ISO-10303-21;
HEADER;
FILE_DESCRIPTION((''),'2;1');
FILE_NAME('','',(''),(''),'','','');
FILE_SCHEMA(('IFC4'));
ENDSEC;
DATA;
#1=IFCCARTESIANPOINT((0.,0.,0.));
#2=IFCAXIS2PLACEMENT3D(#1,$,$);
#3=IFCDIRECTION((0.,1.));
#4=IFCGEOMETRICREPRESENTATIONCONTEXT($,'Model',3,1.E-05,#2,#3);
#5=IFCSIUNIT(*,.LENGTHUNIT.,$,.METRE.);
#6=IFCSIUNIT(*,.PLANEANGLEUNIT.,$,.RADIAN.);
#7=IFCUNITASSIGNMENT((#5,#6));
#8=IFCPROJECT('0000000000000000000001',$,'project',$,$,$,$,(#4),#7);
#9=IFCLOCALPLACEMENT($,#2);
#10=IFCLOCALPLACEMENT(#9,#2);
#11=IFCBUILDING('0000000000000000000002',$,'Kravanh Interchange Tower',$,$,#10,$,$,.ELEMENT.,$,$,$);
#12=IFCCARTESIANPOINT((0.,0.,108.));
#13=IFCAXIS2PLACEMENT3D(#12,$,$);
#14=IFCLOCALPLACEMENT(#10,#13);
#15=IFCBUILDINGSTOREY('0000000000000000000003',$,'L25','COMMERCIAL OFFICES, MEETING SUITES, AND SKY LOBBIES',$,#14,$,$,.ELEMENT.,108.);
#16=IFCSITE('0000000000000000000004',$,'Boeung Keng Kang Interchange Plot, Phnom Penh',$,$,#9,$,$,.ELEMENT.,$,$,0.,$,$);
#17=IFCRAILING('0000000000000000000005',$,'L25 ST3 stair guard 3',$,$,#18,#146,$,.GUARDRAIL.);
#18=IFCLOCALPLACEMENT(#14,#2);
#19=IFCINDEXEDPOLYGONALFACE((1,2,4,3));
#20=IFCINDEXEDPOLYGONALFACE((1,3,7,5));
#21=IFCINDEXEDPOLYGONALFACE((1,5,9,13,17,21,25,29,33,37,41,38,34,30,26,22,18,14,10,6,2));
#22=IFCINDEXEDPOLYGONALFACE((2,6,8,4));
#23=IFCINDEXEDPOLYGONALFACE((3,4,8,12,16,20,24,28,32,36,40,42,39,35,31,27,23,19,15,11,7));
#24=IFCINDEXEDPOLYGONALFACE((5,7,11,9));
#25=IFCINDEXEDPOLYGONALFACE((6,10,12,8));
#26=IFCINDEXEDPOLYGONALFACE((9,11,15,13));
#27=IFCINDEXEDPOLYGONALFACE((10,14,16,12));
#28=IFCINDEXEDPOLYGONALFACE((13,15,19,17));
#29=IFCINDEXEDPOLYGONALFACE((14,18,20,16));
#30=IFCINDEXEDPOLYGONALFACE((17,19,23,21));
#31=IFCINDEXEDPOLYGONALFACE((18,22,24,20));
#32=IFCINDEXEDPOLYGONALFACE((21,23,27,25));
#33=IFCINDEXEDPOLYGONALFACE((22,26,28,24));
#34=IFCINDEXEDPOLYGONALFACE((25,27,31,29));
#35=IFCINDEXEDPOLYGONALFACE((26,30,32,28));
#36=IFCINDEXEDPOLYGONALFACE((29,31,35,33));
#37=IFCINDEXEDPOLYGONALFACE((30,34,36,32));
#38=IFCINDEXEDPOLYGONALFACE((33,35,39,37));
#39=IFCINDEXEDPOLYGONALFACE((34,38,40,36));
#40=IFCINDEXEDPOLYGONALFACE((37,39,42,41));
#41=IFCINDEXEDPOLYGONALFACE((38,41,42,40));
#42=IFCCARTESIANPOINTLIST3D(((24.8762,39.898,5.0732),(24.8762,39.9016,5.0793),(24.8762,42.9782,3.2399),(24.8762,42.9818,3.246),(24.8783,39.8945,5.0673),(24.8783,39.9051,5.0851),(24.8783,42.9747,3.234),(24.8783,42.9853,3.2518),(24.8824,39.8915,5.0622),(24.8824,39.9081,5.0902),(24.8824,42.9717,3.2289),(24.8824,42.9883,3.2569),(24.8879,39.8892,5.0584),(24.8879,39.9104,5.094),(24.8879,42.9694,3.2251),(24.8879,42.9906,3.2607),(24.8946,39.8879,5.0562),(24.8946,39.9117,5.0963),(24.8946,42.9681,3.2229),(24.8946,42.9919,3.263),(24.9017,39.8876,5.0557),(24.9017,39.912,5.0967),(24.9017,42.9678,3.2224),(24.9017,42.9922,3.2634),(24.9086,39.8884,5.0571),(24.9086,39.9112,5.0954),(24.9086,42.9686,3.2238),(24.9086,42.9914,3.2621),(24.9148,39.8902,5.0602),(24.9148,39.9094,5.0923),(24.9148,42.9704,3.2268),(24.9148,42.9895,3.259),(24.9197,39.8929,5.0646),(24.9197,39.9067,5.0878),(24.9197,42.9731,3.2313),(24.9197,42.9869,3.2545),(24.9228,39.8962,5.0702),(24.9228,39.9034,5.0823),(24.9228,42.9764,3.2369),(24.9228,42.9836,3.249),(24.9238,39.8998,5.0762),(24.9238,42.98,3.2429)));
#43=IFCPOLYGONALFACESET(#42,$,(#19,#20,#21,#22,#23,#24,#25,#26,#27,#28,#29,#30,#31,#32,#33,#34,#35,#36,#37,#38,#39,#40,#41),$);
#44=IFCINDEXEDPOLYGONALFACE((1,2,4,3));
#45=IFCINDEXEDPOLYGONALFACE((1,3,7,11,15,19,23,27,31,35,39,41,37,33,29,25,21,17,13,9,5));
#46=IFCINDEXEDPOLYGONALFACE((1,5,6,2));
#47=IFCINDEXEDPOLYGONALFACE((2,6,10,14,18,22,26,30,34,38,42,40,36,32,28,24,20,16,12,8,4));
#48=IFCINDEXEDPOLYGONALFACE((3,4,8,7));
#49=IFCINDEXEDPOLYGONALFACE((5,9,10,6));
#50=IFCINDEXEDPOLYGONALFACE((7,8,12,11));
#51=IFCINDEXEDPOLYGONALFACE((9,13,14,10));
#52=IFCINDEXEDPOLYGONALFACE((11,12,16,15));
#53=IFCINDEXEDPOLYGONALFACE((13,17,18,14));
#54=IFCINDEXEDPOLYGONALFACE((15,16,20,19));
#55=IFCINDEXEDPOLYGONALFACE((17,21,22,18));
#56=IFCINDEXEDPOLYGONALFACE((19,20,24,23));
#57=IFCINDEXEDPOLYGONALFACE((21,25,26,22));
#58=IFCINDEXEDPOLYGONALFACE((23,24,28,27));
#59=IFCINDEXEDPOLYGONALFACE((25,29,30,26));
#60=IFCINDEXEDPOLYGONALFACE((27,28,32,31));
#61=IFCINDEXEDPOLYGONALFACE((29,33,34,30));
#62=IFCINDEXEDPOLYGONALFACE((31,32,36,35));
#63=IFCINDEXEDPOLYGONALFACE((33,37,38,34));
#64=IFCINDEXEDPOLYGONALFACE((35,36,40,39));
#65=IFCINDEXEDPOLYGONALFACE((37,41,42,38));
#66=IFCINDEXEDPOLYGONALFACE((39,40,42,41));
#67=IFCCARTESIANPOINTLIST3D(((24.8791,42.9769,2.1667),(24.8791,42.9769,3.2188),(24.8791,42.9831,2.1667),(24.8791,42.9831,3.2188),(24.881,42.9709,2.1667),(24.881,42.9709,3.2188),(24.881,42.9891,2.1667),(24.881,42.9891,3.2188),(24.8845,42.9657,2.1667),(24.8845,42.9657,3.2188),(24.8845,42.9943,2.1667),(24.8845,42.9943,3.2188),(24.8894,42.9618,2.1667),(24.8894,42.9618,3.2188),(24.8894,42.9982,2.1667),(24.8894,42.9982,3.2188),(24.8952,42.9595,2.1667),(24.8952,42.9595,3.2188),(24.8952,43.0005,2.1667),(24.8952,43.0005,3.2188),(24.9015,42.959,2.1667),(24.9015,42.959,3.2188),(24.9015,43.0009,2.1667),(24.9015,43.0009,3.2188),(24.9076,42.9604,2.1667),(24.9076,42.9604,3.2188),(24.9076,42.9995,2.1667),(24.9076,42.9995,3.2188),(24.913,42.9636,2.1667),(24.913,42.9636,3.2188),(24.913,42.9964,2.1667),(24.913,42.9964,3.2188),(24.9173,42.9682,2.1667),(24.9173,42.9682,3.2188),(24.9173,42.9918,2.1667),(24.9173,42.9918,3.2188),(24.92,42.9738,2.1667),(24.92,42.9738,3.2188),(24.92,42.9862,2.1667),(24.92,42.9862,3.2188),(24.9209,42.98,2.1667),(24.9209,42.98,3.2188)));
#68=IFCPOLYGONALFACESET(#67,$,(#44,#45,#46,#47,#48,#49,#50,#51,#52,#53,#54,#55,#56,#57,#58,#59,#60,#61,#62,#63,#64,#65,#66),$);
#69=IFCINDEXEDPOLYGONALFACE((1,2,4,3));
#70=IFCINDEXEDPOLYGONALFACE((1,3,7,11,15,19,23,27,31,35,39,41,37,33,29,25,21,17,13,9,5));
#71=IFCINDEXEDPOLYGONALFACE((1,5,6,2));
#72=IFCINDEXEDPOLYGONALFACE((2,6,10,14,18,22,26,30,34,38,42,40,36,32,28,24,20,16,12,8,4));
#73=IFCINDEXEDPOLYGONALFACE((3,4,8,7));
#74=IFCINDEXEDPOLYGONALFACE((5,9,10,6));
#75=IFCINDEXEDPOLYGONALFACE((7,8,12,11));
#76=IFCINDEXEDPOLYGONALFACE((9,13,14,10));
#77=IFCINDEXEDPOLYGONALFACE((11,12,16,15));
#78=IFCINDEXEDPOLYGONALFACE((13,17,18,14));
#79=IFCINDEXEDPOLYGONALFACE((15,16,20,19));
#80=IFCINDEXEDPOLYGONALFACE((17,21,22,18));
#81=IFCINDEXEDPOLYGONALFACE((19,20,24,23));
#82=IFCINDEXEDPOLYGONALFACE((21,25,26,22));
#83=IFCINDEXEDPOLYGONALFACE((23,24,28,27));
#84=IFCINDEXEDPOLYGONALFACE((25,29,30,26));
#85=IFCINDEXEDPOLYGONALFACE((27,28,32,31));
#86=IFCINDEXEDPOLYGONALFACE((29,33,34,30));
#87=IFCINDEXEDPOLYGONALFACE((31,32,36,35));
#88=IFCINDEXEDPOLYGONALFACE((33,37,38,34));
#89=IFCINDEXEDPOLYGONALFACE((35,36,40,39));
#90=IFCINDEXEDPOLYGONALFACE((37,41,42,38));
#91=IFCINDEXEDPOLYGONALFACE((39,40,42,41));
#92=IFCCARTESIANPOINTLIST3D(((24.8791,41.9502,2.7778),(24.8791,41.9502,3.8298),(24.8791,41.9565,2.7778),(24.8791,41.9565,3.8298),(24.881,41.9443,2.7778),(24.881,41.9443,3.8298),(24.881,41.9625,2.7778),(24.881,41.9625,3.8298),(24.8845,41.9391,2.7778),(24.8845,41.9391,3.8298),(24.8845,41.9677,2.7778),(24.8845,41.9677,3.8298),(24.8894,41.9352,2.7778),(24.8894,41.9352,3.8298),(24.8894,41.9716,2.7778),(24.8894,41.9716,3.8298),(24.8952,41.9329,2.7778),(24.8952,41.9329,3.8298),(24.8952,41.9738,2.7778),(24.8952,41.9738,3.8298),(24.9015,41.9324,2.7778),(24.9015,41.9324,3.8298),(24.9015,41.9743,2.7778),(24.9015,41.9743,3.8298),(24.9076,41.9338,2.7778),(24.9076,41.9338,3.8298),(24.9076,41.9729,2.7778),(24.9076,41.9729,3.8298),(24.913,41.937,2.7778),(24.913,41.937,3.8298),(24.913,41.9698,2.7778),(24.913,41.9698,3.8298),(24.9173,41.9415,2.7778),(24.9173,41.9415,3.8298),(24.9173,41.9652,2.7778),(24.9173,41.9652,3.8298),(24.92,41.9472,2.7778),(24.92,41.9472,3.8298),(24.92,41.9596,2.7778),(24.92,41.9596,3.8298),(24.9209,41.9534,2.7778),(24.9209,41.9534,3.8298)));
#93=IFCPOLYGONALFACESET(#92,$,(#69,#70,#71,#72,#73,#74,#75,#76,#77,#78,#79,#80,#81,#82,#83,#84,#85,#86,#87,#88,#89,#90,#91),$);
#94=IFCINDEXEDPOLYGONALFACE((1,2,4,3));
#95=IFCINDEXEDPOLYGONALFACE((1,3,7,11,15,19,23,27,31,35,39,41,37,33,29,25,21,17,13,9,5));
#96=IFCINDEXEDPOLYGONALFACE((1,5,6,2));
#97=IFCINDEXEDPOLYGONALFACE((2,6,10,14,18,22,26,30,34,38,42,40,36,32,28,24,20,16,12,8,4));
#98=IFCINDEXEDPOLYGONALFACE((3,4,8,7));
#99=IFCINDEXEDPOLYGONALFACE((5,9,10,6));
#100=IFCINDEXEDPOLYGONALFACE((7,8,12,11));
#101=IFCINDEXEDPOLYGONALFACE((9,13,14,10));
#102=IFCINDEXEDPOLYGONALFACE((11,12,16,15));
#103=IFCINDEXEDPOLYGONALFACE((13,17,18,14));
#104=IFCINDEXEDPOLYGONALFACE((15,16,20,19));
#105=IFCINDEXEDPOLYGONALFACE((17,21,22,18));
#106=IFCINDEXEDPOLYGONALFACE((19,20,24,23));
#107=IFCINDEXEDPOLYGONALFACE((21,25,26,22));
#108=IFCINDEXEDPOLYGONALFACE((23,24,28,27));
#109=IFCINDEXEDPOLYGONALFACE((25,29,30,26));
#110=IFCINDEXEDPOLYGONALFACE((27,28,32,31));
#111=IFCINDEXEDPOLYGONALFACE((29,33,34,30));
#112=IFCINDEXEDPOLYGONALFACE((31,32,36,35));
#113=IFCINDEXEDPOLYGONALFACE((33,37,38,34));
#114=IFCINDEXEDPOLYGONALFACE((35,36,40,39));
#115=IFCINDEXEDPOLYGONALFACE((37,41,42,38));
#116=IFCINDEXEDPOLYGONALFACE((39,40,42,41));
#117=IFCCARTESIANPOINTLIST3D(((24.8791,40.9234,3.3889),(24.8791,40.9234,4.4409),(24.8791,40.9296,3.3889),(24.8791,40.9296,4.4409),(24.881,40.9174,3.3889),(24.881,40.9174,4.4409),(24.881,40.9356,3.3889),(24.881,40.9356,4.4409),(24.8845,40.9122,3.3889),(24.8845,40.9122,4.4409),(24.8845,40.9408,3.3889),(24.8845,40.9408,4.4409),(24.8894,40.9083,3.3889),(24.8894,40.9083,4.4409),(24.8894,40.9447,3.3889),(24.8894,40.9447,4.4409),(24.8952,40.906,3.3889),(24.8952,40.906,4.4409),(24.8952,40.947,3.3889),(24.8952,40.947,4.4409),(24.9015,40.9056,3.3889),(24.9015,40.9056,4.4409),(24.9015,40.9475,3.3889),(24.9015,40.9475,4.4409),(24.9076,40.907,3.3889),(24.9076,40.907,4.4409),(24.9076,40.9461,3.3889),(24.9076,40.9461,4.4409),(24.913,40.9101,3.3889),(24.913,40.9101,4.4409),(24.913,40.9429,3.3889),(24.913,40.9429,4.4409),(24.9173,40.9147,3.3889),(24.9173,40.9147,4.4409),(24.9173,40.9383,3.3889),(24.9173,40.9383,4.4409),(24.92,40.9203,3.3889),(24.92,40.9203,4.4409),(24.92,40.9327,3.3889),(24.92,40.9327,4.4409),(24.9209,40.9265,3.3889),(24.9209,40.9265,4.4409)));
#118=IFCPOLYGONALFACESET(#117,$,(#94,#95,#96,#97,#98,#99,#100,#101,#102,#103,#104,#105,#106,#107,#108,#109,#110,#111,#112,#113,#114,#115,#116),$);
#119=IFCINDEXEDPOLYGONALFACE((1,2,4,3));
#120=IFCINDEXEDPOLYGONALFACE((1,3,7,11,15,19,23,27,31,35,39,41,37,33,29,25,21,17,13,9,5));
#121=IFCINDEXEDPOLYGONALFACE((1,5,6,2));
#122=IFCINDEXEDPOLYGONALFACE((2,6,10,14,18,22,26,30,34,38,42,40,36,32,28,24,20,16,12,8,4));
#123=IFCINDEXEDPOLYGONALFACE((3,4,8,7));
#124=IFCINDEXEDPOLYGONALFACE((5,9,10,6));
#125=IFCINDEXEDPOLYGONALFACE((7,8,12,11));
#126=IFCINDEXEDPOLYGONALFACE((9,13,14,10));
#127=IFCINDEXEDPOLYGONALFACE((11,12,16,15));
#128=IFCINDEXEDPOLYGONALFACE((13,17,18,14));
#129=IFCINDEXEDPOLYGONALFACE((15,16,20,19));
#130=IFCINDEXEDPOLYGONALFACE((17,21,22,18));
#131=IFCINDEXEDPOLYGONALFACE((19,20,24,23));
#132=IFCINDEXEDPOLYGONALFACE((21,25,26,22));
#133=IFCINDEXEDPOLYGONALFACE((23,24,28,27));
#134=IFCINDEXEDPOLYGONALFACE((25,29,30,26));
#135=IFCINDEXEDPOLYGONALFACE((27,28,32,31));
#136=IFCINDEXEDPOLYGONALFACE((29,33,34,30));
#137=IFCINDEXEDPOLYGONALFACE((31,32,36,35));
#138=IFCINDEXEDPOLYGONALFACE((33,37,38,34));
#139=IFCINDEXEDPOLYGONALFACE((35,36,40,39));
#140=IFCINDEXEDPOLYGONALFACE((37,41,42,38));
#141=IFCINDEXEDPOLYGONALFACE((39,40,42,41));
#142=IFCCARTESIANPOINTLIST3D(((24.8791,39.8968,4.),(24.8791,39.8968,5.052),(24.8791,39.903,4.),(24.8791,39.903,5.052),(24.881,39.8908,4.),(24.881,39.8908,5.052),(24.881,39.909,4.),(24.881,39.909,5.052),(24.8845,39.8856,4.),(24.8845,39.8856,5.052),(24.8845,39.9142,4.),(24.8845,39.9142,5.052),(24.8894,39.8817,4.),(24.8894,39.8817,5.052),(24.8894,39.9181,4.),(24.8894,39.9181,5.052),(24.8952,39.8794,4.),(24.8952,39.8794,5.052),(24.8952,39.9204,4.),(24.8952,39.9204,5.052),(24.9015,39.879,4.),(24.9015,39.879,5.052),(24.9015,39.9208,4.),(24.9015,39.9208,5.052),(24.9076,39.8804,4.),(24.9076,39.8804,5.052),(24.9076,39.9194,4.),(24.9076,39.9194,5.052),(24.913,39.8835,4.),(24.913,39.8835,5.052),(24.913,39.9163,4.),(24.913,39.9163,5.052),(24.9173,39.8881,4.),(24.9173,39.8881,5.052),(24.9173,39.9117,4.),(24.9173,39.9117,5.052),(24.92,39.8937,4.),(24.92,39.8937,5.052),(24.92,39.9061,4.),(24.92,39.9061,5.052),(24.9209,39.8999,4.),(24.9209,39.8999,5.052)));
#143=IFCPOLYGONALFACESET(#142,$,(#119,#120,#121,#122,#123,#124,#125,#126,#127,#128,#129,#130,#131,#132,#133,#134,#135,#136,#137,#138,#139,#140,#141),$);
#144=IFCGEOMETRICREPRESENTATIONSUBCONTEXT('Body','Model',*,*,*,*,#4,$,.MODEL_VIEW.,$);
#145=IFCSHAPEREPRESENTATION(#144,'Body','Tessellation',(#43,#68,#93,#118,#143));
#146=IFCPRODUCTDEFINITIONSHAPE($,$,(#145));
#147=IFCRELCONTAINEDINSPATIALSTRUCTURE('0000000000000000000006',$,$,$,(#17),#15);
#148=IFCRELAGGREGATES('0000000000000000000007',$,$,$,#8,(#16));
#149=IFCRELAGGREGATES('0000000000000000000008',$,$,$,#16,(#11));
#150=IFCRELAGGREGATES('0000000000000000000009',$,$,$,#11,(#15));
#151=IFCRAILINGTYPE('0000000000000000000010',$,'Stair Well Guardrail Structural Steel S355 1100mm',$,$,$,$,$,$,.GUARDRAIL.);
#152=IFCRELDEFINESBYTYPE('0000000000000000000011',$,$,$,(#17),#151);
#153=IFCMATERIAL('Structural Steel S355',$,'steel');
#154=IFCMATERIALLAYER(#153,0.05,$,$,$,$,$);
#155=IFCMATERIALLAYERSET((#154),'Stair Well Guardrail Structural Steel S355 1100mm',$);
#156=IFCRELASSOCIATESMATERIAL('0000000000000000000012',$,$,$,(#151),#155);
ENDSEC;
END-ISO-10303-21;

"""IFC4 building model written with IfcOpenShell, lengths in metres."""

from ifc_helpers import new_model, si_unit, direction, frame, origin, origin_2d, place, context, subcontext, project, spatial, circle, extrude, material, layer, layer_set, type_object, element, save


model = new_model("IFC4")

# Units and contexts
model_context = context("Model", 3, precision=1e-05, world=origin(), true_north=direction((0.0, 1.0)))
body_context = subcontext(model_context, "Body", "Model", "MODEL_VIEW")
ifc_project = project(units=[si_unit("LENGTHUNIT", "METRE"), si_unit("PLANEANGLEUNIT", "RADIAN")], contexts=[model_context])

# Site, building, storey
site_placement = place(None, origin())
site = spatial("IfcSite", under=ifc_project, at=site_placement, Name="Boeung Keng Kang Interchange Plot, Phnom Penh", CompositionType="ELEMENT", RefElevation=0.0)
building_placement = place(site_placement, origin())
building = spatial("IfcBuilding", under=site, at=building_placement, Name="Kravanh Interchange Tower", CompositionType="ELEMENT")
storey_placement = place(building_placement, frame((0.0, 0.0, 108.0)))
storey = spatial("IfcBuildingStorey", under=building, at=storey_placement, Name="L25", Description="COMMERCIAL OFFICES, MEETING SUITES, AND SKY LOBBIES", CompositionType="ELEMENT", Elevation=108.0)

# Railing
ifc_material_1 = material(Name="Structural Steel S355", Category="steel")
ifc_layer_1 = layer(ifc_material_1, 0.05)
ifc_layer_set_1 = layer_set([ifc_layer_1], Name="Stair Well Guardrail Structural Steel S355 1100mm")
railing_type_1 = type_object("IfcRailingType", Name="Stair Well Guardrail Structural Steel S355 1100mm", PredefinedType="GUARDRAIL", material=ifc_layer_set_1)
railing_1_placement = place(storey_placement, frame((24.8999, 42.98, 2.1667)))
element("IfcRailing", 1, at=railing_1_placement, inside=storey, type_object=railing_type_1, Name="L25 ST3 stair guard 3", PredefinedType="GUARDRAIL", context=body_context, shape_type="SweptSolid", body=[
    extrude(circle(Radius=0.0239, at=origin_2d()), frame((0.0, 0.0, 1.0762), z_axis=(0.0, -0.859309, 0.511458), x_axis=(1.0, 0.0, 0.0)), (0.0, 0.0, 1.0), 3.5845),
    extrude(circle(Radius=0.021, at=origin_2d()), origin(), (0.0, 0.0, 1.0), 1.052),
    extrude(circle(Radius=0.021, at=origin_2d()), frame((0.0, -1.0266, 0.6111)), (0.0, 0.0, 1.0), 1.052),
    extrude(circle(Radius=0.021, at=origin_2d()), frame((0.0, -2.0535, 1.2222)), (0.0, 0.0, 1.0), 1.052),
    extrude(circle(Radius=0.021, at=origin_2d()), frame((0.0, -3.0801, 1.8333)), (0.0, 0.0, 1.0), 1.052),
])

save(model, "model.ifc")
